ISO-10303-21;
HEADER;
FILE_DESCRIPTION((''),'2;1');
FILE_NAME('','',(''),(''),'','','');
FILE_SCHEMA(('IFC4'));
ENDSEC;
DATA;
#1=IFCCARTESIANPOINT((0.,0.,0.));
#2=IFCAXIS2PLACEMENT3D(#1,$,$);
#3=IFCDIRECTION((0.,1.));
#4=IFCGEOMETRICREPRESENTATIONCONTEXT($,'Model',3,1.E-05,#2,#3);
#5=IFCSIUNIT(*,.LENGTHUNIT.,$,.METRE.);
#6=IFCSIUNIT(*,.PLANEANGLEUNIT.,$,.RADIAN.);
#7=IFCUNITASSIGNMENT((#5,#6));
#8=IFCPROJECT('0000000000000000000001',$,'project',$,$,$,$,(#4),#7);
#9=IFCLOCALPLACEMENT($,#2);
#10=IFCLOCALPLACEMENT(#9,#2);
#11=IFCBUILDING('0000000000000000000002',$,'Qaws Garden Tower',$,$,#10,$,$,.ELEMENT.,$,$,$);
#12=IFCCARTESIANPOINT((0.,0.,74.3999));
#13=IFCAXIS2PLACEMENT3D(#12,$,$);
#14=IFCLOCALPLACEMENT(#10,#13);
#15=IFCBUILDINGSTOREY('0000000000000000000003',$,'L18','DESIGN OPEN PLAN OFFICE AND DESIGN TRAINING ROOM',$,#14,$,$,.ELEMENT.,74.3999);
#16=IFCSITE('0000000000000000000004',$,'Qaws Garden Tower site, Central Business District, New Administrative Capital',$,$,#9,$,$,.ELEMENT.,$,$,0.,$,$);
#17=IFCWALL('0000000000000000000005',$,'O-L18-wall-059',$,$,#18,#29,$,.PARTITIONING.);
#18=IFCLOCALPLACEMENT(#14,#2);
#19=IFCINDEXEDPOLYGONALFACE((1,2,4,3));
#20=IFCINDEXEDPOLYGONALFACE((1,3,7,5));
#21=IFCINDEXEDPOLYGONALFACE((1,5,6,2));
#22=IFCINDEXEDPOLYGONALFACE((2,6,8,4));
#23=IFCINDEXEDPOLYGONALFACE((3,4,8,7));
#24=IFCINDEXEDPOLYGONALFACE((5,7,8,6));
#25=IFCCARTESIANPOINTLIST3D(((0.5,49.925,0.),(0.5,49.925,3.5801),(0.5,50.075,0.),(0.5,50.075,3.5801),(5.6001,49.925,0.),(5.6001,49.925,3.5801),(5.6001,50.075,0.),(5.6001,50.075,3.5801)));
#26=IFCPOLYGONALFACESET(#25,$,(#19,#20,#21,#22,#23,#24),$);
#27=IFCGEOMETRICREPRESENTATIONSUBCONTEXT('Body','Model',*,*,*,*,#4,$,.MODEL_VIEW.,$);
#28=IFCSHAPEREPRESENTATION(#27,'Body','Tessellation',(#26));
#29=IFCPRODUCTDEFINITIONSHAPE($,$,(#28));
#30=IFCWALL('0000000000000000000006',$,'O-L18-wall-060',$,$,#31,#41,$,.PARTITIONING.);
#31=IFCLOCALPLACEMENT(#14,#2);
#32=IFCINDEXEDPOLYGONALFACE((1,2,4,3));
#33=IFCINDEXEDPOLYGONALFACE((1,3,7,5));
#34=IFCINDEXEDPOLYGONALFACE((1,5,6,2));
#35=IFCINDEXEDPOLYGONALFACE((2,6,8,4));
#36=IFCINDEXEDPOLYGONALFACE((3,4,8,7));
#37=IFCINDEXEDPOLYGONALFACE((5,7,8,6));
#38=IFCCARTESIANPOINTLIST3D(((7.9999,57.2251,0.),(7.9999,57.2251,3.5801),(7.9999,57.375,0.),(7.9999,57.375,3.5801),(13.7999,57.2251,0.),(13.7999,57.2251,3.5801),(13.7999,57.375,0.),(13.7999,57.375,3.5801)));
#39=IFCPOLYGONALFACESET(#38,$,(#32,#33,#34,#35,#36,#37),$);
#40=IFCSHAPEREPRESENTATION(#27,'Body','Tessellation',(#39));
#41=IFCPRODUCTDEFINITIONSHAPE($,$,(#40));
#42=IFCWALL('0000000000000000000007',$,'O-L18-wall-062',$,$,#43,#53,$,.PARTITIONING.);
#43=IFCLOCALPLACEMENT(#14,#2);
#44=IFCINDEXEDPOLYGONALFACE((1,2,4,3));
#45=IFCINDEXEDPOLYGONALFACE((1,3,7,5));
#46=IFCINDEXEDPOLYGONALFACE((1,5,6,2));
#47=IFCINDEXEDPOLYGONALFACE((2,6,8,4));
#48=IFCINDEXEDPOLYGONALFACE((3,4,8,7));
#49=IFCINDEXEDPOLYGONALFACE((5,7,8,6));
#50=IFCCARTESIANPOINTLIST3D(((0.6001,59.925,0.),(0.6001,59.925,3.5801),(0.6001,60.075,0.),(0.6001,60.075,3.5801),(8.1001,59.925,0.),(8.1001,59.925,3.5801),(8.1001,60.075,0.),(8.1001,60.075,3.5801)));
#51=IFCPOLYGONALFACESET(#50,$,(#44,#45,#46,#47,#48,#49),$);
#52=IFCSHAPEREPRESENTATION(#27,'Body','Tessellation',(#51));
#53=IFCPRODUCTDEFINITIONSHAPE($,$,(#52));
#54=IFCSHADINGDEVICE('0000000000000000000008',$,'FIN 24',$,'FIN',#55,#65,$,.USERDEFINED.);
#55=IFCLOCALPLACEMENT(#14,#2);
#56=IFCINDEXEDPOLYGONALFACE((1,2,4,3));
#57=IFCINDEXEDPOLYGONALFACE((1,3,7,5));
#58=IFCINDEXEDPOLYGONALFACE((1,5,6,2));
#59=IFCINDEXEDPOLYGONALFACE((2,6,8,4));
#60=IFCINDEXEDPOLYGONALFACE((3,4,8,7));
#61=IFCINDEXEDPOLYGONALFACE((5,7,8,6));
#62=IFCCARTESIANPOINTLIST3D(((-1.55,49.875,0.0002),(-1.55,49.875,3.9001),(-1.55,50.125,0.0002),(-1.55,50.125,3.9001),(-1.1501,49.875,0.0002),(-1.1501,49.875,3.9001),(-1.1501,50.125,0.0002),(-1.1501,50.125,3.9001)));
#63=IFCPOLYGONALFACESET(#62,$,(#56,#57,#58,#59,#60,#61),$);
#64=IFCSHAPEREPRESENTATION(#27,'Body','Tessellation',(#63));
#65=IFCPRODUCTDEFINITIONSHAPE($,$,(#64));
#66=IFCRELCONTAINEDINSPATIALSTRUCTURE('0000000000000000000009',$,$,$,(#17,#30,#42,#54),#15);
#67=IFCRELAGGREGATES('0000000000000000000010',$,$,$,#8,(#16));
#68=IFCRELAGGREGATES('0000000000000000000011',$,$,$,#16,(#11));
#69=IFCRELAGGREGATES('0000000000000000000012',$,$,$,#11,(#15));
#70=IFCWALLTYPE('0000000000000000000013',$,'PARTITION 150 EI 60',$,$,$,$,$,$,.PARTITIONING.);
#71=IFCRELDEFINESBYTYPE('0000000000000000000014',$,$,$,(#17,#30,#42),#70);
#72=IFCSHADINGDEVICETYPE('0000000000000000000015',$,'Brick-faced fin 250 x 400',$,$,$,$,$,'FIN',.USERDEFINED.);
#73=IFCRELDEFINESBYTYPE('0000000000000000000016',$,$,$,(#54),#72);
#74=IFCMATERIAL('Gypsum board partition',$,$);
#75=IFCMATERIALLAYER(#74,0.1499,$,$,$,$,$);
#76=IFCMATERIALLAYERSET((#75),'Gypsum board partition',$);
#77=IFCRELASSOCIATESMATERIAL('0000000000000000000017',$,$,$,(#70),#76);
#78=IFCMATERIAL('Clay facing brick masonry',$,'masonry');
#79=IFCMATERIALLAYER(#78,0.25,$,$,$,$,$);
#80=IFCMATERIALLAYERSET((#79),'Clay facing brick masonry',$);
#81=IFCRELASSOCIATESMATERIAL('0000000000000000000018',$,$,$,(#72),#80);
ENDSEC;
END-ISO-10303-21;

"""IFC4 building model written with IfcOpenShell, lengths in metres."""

from ifc_helpers import new_model, si_unit, direction, frame, frame_2d, origin, origin_2d, place, context, subcontext, project, spatial, rectangle, extrude, material, layer, layer_set, type_object, element, save


model = new_model("IFC4")

# Units and contexts
model_context = context("Model", 3, precision=1e-05, world=origin(), true_north=direction((0.0, 1.0)))
body_context = subcontext(model_context, "Body", "Model", "MODEL_VIEW")
ifc_project = project(units=[si_unit("LENGTHUNIT", "METRE"), si_unit("PLANEANGLEUNIT", "RADIAN")], contexts=[model_context])

# Site, building, storey
site_placement = place(None, origin())
site = spatial("IfcSite", under=ifc_project, at=site_placement, Name="Qaws Garden Tower site, Central Business District, New Administrative Capital", CompositionType="ELEMENT", RefElevation=0.0)
building_placement = place(site_placement, origin())
building = spatial("IfcBuilding", under=site, at=building_placement, Name="Qaws Garden Tower", CompositionType="ELEMENT")
storey_placement = place(building_placement, frame((0.0, 0.0, 74.3999)))
storey = spatial("IfcBuildingStorey", under=building, at=storey_placement, Name="L18", Description="DESIGN OPEN PLAN OFFICE AND DESIGN TRAINING ROOM", CompositionType="ELEMENT", Elevation=74.3999)

# Shared definitions
ifc_material_1 = material(Name="Gypsum board partition")
ifc_layer_1 = layer(ifc_material_1, 0.1499)
ifc_layer_set_1 = layer_set([ifc_layer_1], Name="Gypsum board partition")
wall_type_1 = type_object("IfcWallType", Name="PARTITION 150 EI 60", PredefinedType="PARTITIONING", material=ifc_layer_set_1)

# Walls
wall_1_placement = place(storey_placement, frame((0.5, 50.0, 0.0), z_axis=(0.0, 0.0, 1.0), x_axis=(1.0, 0.0, 0.0)))
element("IfcWall", 1, at=wall_1_placement, inside=storey, type_object=wall_type_1, Name="O-L18-wall-059", PredefinedType="PARTITIONING", context=body_context, shape_type="SweptSolid", body=[
    extrude(rectangle(XDim=5.1001, YDim=0.1499, at=frame_2d((2.55, 0.0))), origin(), (0.0, 0.0, 1.0), 3.5801),
])
wall_2_placement = place(storey_placement, frame((8.0, 57.3, 0.0), z_axis=(0.0, 0.0, 1.0), x_axis=(1.0, 0.0, 0.0)))
element("IfcWall", 2, at=wall_2_placement, inside=storey, type_object=wall_type_1, Name="O-L18-wall-060", PredefinedType="PARTITIONING", context=body_context, shape_type="SweptSolid", body=[
    extrude(rectangle(XDim=5.8, YDim=0.1499, at=frame_2d((2.8999, 0.0))), origin(), (0.0, 0.0, 1.0), 3.5801),
])
wall_3_placement = place(storey_placement, frame((0.6001, 60.0, 0.0), z_axis=(0.0, 0.0, 1.0), x_axis=(1.0, 0.0, 0.0)))
element("IfcWall", 3, at=wall_3_placement, inside=storey, type_object=wall_type_1, Name="O-L18-wall-062", PredefinedType="PARTITIONING", context=body_context, shape_type="SweptSolid", body=[
    extrude(rectangle(XDim=7.5, YDim=0.1499, at=frame_2d((3.75, 0.0))), origin(), (0.0, 0.0, 1.0), 3.5801),
])

# Shading device
ifc_material_2 = material(Name="Clay facing brick masonry", Category="masonry")
ifc_layer_2 = layer(ifc_material_2, 0.25)
ifc_layer_set_2 = layer_set([ifc_layer_2], Name="Clay facing brick masonry")
shading_device_type = type_object("IfcShadingDeviceType", Name="Brick-faced fin 250 x 400", ElementType="FIN", PredefinedType="USERDEFINED", material=ifc_layer_set_2)
shading_device_placement = place(storey_placement, frame((-1.3501, 50.0, 0.0002), z_axis=(0.0, 0.0, 1.0), x_axis=(0.0, -1.0, 0.0)))
element("IfcShadingDevice", 4, at=shading_device_placement, inside=storey, type_object=shading_device_type, Name="FIN 24", ObjectType="FIN", PredefinedType="USERDEFINED", context=body_context, shape_type="SweptSolid", body=[
    extrude(rectangle(XDim=0.25, YDim=0.3999, at=origin_2d()), origin(), (0.0, 0.0, 1.0), 3.8999),
])

save(model, "model.ifc")
